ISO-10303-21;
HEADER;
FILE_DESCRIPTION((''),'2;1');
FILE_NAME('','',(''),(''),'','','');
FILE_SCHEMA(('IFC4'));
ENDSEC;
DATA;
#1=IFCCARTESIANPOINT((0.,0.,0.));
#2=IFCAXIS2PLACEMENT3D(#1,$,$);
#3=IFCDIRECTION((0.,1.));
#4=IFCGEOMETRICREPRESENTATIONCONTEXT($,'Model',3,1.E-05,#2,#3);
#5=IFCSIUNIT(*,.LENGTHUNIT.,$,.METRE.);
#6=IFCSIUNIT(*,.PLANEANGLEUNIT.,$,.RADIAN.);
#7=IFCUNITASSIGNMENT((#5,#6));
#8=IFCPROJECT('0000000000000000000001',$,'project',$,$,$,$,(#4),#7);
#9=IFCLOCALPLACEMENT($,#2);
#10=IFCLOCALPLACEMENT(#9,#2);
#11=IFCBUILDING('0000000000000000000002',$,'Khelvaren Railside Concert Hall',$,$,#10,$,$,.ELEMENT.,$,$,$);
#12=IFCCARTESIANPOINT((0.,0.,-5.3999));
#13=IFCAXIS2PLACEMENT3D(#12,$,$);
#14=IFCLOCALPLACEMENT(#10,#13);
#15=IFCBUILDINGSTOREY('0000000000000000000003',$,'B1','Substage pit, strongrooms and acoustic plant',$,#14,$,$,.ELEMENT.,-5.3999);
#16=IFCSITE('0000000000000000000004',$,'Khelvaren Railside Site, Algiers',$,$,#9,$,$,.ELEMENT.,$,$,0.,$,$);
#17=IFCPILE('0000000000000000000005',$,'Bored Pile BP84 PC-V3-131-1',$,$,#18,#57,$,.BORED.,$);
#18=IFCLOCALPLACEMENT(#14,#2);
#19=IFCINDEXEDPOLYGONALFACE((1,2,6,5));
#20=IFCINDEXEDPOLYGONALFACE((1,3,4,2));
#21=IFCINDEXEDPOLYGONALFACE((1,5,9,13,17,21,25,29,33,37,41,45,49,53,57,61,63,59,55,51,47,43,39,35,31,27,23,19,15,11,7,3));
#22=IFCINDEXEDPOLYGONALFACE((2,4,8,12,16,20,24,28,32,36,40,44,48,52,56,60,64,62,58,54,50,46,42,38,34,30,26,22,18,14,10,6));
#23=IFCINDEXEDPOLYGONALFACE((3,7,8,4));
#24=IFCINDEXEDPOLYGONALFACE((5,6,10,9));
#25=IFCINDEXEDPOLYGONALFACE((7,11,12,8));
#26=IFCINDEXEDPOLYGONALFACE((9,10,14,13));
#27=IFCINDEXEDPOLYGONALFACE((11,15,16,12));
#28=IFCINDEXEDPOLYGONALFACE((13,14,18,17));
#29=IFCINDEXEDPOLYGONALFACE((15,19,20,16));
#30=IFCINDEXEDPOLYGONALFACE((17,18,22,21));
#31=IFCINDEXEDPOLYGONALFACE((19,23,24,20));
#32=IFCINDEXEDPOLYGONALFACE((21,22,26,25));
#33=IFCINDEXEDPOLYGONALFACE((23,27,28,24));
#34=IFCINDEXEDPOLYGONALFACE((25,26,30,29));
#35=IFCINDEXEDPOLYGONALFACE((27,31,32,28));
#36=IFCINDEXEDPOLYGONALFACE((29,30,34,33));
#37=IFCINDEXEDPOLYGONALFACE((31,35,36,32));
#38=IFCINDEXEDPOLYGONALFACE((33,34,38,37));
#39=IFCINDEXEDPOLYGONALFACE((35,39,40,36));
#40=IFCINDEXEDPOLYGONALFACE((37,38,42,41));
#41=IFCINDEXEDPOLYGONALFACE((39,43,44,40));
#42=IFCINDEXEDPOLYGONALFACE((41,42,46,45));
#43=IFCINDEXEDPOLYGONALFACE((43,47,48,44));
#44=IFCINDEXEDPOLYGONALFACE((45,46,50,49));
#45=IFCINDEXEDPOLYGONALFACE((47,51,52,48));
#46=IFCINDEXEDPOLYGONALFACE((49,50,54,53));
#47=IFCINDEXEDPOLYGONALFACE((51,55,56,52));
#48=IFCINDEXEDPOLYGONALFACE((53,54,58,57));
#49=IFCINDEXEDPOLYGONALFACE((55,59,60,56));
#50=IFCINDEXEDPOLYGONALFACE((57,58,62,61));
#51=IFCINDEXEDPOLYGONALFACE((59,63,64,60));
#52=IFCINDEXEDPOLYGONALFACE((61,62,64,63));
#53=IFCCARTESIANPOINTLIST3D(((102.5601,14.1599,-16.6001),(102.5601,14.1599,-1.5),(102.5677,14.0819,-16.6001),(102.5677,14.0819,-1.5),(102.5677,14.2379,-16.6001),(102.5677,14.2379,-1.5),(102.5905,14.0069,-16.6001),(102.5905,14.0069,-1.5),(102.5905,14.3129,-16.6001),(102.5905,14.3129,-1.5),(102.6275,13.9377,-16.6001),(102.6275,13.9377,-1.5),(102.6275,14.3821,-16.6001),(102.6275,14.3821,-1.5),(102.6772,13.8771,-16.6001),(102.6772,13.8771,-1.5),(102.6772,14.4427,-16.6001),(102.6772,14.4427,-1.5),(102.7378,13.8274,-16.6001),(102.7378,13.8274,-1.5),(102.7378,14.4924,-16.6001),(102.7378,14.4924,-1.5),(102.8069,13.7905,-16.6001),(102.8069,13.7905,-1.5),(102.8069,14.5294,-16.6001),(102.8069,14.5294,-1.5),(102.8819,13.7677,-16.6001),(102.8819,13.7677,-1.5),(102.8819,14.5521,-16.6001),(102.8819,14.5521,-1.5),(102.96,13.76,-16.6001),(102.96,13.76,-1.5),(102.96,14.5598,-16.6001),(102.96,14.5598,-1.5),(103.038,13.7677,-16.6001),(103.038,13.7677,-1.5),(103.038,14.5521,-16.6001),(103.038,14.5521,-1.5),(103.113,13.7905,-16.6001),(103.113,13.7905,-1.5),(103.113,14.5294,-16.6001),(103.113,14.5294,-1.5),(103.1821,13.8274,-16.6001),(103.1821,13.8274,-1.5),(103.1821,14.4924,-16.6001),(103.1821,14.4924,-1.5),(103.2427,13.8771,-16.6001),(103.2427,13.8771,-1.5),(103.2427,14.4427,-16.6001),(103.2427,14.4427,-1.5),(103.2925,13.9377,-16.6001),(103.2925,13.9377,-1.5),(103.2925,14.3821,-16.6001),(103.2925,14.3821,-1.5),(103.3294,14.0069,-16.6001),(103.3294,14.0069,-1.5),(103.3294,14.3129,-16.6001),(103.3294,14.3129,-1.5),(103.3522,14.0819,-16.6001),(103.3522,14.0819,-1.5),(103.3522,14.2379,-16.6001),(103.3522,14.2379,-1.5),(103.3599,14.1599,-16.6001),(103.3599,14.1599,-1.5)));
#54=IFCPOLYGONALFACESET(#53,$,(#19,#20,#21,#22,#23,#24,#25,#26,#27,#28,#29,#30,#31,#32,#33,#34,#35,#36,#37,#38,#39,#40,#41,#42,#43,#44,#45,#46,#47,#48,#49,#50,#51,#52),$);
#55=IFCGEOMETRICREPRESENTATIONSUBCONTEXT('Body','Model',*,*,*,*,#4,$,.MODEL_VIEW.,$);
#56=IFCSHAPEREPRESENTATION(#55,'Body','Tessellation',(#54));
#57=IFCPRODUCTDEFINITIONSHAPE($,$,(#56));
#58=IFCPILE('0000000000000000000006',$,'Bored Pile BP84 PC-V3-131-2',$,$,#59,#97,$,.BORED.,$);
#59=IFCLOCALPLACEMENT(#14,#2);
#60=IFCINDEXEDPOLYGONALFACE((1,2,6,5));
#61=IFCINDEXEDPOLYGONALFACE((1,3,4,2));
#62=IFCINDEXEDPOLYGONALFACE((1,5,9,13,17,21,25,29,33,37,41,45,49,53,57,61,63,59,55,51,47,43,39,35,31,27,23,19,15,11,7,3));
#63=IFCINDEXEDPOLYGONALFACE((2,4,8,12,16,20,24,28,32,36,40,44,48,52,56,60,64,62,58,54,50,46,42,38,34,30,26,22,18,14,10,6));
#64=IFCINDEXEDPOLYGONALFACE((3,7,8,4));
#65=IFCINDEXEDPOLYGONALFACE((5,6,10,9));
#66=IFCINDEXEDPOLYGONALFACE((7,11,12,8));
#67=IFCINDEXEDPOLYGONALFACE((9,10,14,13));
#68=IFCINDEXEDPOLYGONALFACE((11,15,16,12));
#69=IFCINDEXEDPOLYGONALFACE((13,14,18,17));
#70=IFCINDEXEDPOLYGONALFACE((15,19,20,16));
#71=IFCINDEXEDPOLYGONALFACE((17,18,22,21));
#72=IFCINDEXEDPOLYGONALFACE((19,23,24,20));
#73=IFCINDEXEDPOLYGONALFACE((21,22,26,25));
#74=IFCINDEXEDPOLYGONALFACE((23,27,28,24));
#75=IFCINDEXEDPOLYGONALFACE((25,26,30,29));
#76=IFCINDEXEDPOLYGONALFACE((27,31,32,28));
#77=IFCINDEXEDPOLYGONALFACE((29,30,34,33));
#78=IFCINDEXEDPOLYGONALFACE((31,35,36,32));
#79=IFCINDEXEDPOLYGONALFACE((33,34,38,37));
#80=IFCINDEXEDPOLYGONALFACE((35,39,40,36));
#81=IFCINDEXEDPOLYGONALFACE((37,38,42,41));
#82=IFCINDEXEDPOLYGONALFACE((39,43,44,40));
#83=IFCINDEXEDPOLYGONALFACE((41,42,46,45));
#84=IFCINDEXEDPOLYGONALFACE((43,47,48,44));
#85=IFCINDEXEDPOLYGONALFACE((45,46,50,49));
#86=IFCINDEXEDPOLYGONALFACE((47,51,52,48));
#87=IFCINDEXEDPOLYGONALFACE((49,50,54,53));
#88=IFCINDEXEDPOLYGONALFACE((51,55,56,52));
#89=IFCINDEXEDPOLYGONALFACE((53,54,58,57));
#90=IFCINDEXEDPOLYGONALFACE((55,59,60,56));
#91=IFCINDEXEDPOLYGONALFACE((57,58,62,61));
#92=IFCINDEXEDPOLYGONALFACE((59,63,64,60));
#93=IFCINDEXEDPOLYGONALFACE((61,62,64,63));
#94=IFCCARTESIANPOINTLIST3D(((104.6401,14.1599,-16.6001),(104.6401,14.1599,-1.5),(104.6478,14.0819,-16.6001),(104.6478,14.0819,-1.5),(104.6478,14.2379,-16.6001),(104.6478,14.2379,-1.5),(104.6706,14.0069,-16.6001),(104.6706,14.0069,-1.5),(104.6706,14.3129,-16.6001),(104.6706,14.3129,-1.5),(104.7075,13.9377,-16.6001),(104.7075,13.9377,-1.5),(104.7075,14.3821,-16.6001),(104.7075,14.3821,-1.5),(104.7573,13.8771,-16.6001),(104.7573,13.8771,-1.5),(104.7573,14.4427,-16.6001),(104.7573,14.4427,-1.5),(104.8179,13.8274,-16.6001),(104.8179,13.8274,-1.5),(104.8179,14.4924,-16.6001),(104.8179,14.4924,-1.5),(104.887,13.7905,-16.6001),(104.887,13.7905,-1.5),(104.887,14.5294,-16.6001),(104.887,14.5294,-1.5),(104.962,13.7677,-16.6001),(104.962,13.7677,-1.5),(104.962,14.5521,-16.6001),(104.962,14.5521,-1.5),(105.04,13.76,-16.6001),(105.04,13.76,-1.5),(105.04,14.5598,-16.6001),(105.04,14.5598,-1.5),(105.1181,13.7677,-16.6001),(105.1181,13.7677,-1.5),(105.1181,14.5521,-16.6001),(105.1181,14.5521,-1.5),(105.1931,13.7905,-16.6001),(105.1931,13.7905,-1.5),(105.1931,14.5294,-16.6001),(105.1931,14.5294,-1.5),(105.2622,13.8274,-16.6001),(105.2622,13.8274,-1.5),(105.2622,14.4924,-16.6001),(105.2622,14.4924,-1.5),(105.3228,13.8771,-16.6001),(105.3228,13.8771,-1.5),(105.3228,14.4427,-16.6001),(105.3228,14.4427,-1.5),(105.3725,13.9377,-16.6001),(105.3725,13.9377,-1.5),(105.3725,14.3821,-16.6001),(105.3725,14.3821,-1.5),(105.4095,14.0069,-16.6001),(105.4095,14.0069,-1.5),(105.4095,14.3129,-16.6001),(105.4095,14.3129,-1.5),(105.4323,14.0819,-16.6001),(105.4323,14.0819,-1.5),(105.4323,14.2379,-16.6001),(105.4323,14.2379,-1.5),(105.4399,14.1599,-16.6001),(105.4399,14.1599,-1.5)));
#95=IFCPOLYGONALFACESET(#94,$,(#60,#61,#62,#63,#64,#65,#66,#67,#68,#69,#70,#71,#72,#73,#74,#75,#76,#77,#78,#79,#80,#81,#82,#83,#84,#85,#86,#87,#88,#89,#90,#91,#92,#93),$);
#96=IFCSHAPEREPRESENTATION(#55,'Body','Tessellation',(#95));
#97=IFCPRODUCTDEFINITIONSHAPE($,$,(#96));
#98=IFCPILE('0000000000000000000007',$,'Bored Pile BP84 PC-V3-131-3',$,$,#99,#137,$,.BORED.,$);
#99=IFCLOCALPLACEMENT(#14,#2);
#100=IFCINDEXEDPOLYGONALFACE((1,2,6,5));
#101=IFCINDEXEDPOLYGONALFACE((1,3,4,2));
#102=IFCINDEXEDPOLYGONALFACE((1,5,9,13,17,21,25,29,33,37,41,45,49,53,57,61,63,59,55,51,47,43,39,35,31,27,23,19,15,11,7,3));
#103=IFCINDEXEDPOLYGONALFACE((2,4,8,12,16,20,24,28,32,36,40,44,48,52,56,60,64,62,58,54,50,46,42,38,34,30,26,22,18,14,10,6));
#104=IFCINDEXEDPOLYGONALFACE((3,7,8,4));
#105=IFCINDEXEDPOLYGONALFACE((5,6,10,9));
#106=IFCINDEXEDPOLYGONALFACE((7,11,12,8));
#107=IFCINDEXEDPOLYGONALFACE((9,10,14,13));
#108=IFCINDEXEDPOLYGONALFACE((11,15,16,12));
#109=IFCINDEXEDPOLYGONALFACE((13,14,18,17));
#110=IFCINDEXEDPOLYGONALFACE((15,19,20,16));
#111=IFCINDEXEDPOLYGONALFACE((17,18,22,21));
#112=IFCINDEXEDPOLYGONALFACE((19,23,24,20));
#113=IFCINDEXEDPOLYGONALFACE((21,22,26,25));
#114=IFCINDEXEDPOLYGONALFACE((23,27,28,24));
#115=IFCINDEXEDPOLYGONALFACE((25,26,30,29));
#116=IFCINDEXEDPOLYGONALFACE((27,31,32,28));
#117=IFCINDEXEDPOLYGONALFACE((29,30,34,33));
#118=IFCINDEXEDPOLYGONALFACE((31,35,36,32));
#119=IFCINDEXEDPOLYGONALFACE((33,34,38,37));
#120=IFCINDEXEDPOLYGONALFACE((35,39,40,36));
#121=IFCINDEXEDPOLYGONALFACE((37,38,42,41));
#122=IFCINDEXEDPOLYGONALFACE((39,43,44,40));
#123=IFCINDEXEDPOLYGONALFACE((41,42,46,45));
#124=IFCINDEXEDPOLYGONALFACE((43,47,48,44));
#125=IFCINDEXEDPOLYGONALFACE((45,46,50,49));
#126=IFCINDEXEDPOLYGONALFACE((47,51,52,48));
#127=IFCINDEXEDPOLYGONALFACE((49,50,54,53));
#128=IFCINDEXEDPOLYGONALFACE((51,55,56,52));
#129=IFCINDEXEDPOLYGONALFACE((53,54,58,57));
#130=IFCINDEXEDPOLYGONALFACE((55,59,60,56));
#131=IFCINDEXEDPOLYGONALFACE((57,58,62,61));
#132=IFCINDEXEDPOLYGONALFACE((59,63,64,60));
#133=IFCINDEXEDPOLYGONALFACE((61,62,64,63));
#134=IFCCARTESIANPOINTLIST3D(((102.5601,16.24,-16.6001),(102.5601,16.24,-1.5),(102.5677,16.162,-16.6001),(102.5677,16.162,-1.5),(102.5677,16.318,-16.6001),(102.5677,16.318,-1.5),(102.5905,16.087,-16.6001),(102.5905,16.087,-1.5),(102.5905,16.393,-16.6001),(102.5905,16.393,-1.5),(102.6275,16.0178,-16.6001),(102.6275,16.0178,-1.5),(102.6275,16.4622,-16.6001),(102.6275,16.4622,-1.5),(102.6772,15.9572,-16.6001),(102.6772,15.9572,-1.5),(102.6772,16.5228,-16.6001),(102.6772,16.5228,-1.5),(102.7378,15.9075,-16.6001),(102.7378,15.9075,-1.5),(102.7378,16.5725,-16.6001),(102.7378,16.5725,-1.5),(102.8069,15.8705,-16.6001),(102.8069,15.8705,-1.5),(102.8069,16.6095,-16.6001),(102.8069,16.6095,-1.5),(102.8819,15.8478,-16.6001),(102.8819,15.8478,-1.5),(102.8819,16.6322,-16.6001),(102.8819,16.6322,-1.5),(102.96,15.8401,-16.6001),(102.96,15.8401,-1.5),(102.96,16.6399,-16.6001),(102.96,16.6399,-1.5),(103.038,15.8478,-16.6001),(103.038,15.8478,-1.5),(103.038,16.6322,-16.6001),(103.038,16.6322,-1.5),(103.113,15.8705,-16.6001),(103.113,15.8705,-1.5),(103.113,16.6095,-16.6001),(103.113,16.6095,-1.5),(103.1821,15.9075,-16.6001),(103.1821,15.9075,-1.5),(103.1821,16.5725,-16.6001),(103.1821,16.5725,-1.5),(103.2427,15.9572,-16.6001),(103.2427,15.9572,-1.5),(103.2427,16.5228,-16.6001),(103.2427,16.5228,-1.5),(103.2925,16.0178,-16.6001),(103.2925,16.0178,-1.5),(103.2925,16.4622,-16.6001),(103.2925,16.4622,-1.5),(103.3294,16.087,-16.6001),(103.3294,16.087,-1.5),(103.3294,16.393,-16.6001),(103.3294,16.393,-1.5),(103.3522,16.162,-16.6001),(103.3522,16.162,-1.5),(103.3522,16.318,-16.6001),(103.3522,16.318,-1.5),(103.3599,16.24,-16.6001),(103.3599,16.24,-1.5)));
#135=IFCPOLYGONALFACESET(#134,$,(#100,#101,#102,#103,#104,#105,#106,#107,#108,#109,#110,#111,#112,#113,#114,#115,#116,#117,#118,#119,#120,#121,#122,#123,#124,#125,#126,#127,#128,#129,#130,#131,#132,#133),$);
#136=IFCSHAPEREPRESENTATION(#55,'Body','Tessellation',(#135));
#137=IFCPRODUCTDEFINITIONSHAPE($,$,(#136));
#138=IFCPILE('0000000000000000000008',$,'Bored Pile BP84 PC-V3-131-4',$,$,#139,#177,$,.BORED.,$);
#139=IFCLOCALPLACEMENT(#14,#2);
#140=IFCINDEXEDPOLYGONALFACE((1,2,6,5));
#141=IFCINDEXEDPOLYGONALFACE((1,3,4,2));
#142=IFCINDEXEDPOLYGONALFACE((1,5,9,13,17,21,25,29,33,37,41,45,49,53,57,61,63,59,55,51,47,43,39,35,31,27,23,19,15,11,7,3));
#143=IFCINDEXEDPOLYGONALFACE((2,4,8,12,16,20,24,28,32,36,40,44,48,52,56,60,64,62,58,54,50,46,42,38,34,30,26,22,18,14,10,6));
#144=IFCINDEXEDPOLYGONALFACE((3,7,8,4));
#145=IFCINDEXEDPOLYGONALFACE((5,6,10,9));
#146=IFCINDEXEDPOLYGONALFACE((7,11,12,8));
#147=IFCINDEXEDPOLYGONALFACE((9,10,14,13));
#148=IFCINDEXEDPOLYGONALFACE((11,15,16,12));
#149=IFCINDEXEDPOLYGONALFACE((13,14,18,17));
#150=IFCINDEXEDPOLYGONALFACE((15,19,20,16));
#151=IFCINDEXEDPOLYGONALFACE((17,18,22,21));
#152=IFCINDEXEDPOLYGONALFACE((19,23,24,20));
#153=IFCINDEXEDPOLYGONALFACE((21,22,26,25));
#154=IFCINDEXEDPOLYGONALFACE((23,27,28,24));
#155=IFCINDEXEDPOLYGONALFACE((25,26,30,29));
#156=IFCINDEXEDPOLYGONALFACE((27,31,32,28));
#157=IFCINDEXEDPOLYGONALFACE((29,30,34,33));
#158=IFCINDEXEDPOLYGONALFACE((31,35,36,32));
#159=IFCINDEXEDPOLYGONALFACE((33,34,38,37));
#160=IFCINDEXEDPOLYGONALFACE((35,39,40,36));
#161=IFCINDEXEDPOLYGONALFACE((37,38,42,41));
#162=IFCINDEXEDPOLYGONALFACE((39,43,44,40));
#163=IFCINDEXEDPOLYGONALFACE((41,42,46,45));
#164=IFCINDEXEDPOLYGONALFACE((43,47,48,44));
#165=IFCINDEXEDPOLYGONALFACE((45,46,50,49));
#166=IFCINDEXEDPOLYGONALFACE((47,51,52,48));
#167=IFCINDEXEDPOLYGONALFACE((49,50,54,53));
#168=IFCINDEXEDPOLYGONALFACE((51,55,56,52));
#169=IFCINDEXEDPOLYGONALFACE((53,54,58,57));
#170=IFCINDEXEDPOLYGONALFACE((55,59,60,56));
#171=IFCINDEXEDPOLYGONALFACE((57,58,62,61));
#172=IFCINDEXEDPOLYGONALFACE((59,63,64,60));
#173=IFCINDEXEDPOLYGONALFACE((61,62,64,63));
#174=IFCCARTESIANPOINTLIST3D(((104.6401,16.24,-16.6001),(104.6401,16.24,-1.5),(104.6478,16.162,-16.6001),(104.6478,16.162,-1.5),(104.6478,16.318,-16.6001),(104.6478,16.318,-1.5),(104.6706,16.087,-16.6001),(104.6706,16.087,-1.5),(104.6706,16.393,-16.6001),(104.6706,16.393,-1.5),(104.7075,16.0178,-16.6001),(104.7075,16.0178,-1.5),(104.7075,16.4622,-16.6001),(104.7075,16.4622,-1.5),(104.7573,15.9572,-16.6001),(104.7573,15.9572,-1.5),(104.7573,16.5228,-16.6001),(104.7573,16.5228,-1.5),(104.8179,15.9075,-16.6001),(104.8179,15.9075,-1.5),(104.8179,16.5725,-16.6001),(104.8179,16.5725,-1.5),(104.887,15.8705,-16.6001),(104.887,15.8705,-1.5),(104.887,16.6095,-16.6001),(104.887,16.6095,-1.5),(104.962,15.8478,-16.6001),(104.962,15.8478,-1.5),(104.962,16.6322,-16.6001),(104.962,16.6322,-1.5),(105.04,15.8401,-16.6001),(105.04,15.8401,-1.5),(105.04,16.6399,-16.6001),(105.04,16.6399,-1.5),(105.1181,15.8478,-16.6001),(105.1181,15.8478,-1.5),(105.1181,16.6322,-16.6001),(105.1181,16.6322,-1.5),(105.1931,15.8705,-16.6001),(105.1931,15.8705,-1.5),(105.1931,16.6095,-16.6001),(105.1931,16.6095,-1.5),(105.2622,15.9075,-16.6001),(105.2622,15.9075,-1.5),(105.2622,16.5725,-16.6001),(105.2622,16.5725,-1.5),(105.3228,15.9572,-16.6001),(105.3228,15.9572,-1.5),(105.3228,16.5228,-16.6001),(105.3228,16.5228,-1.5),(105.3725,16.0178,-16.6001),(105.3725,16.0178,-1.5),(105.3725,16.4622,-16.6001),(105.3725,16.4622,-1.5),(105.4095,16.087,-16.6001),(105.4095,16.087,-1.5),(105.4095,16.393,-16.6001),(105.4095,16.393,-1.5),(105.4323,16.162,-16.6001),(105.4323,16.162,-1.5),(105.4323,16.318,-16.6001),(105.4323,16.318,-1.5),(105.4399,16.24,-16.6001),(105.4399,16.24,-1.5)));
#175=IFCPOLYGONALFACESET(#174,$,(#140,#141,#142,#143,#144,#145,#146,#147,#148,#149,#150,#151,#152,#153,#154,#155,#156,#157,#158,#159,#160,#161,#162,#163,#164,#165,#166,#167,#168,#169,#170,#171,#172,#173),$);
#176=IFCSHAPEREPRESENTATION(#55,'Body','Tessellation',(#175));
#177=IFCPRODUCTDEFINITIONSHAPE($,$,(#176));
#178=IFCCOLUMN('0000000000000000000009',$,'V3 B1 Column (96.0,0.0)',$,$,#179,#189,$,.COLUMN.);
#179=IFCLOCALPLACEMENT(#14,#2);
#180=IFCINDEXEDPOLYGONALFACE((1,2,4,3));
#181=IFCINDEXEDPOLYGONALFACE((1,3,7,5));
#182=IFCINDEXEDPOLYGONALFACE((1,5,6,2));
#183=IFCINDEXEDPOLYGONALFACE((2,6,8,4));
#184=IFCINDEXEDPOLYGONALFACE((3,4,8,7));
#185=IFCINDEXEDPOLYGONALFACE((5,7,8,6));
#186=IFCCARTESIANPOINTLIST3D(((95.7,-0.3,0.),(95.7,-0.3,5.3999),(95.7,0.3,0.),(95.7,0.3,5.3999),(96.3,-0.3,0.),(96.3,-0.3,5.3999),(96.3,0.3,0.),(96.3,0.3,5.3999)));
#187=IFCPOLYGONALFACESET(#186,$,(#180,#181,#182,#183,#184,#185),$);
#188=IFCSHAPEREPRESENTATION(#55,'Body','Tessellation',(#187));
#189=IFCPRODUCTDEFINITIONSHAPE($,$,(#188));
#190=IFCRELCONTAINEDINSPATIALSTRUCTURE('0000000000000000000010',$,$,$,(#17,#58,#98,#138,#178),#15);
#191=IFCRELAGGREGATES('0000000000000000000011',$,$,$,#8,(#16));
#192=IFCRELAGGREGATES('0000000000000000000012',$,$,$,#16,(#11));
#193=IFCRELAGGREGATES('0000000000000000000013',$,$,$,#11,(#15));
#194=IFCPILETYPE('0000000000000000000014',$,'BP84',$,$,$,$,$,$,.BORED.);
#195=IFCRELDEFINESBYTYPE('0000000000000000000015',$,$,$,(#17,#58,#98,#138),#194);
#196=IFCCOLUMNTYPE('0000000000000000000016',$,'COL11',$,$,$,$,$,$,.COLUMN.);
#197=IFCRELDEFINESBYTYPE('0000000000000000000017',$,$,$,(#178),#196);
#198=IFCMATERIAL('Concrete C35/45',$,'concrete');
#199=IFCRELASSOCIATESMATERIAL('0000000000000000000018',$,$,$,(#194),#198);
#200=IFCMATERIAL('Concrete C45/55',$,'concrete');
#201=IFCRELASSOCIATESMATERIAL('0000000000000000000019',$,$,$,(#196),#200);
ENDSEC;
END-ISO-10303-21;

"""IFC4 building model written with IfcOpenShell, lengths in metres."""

from ifc_helpers import new_model, si_unit, direction, frame, origin, origin_2d, place, context, subcontext, project, spatial, rectangle, circle, extrude, material, material_profile, profile_set, type_object, element, save


model = new_model("IFC4")

# Units and contexts
model_context = context("Model", 3, precision=1e-05, world=origin(), true_north=direction((0.0, 1.0)))
body_context = subcontext(model_context, "Body", "Model", "MODEL_VIEW")
ifc_project = project(units=[si_unit("LENGTHUNIT", "METRE"), si_unit("PLANEANGLEUNIT", "RADIAN")], contexts=[model_context])

# Site, building, storey
site_placement = place(None, origin())
site = spatial("IfcSite", under=ifc_project, at=site_placement, Name="Khelvaren Railside Site, Algiers", CompositionType="ELEMENT", RefElevation=0.0)
building_placement = place(site_placement, origin())
building = spatial("IfcBuilding", under=site, at=building_placement, Name="Khelvaren Railside Concert Hall", CompositionType="ELEMENT")
storey_placement = place(building_placement, frame((0.0, 0.0, -5.3999)))
storey = spatial("IfcBuildingStorey", under=building, at=storey_placement, Name="B1", Description="Substage pit, strongrooms and acoustic plant", CompositionType="ELEMENT", Elevation=-5.3999)

# Piles
ifc_material_1 = material(Name="Concrete C35/45", Category="concrete")
ifc_material_profile_1 = material_profile(ifc_material_1, circle(Radius=0.3999, at=origin_2d()), Name="BP D800")
ifc_profile_set_1 = profile_set([ifc_material_profile_1], Name="Concrete C35/45")
pile_type_1 = type_object("IfcPileType", Name="BP84", PredefinedType="BORED", material=ifc_profile_set_1)
for number, where, z_axis, x_axis, name in (
    (1, (102.96, 14.1599, -1.5), (0.0, 0.0, -1.0), (1.0, 0.0, 0.0), "Bored Pile BP84 PC-V3-131-1"),
    (2, (105.04, 14.1599, -1.5), (0.0, 0.0, -1.0), (1.0, 0.0, 0.0), "Bored Pile BP84 PC-V3-131-2"),
    (3, (102.96, 16.24, -1.5), (0.0, 0.0, -1.0), (1.0, 0.0, 0.0), "Bored Pile BP84 PC-V3-131-3"),
    (4, (105.04, 16.24, -1.5), (0.0, 0.0, -1.0), (1.0, 0.0, 0.0), "Bored Pile BP84 PC-V3-131-4"),
):
    element("IfcPile", number, at=place(storey_placement, frame(where, z_axis=z_axis, x_axis=x_axis)), inside=storey, type_object=pile_type_1, Name=name, PredefinedType="BORED", context=body_context, shape_type="SweptSolid", body=[
        extrude(circle(Radius=0.3999, at=origin_2d()), origin(), (0.0, 0.0, 1.0), 15.1001),
    ])

# Column
ifc_material_2 = material(Name="Concrete C45/55", Category="concrete")
ifc_material_profile_2 = material_profile(ifc_material_2, rectangle(XDim=0.6001, YDim=0.6001, at=origin_2d()), Name="RC 600x600")
ifc_profile_set_2 = profile_set([ifc_material_profile_2], Name="Concrete C45/55")
column_type_1 = type_object("IfcColumnType", Name="COL11", PredefinedType="COLUMN", material=ifc_profile_set_2)
column_1_placement = place(storey_placement, frame((96.0, 0.0, 0.0), z_axis=(0.0, 0.0, 1.0), x_axis=(1.0, 0.0, 0.0)))
element("IfcColumn", 5, at=column_1_placement, inside=storey, type_object=column_type_1, Name="V3 B1 Column (96.0,0.0)", PredefinedType="COLUMN", context=body_context, shape_type="SweptSolid", body=[
    extrude(rectangle(XDim=0.6001, YDim=0.6001, at=origin_2d()), origin(), (0.0, 0.0, 1.0), 5.3999),
])

save(model, "model.ifc")
